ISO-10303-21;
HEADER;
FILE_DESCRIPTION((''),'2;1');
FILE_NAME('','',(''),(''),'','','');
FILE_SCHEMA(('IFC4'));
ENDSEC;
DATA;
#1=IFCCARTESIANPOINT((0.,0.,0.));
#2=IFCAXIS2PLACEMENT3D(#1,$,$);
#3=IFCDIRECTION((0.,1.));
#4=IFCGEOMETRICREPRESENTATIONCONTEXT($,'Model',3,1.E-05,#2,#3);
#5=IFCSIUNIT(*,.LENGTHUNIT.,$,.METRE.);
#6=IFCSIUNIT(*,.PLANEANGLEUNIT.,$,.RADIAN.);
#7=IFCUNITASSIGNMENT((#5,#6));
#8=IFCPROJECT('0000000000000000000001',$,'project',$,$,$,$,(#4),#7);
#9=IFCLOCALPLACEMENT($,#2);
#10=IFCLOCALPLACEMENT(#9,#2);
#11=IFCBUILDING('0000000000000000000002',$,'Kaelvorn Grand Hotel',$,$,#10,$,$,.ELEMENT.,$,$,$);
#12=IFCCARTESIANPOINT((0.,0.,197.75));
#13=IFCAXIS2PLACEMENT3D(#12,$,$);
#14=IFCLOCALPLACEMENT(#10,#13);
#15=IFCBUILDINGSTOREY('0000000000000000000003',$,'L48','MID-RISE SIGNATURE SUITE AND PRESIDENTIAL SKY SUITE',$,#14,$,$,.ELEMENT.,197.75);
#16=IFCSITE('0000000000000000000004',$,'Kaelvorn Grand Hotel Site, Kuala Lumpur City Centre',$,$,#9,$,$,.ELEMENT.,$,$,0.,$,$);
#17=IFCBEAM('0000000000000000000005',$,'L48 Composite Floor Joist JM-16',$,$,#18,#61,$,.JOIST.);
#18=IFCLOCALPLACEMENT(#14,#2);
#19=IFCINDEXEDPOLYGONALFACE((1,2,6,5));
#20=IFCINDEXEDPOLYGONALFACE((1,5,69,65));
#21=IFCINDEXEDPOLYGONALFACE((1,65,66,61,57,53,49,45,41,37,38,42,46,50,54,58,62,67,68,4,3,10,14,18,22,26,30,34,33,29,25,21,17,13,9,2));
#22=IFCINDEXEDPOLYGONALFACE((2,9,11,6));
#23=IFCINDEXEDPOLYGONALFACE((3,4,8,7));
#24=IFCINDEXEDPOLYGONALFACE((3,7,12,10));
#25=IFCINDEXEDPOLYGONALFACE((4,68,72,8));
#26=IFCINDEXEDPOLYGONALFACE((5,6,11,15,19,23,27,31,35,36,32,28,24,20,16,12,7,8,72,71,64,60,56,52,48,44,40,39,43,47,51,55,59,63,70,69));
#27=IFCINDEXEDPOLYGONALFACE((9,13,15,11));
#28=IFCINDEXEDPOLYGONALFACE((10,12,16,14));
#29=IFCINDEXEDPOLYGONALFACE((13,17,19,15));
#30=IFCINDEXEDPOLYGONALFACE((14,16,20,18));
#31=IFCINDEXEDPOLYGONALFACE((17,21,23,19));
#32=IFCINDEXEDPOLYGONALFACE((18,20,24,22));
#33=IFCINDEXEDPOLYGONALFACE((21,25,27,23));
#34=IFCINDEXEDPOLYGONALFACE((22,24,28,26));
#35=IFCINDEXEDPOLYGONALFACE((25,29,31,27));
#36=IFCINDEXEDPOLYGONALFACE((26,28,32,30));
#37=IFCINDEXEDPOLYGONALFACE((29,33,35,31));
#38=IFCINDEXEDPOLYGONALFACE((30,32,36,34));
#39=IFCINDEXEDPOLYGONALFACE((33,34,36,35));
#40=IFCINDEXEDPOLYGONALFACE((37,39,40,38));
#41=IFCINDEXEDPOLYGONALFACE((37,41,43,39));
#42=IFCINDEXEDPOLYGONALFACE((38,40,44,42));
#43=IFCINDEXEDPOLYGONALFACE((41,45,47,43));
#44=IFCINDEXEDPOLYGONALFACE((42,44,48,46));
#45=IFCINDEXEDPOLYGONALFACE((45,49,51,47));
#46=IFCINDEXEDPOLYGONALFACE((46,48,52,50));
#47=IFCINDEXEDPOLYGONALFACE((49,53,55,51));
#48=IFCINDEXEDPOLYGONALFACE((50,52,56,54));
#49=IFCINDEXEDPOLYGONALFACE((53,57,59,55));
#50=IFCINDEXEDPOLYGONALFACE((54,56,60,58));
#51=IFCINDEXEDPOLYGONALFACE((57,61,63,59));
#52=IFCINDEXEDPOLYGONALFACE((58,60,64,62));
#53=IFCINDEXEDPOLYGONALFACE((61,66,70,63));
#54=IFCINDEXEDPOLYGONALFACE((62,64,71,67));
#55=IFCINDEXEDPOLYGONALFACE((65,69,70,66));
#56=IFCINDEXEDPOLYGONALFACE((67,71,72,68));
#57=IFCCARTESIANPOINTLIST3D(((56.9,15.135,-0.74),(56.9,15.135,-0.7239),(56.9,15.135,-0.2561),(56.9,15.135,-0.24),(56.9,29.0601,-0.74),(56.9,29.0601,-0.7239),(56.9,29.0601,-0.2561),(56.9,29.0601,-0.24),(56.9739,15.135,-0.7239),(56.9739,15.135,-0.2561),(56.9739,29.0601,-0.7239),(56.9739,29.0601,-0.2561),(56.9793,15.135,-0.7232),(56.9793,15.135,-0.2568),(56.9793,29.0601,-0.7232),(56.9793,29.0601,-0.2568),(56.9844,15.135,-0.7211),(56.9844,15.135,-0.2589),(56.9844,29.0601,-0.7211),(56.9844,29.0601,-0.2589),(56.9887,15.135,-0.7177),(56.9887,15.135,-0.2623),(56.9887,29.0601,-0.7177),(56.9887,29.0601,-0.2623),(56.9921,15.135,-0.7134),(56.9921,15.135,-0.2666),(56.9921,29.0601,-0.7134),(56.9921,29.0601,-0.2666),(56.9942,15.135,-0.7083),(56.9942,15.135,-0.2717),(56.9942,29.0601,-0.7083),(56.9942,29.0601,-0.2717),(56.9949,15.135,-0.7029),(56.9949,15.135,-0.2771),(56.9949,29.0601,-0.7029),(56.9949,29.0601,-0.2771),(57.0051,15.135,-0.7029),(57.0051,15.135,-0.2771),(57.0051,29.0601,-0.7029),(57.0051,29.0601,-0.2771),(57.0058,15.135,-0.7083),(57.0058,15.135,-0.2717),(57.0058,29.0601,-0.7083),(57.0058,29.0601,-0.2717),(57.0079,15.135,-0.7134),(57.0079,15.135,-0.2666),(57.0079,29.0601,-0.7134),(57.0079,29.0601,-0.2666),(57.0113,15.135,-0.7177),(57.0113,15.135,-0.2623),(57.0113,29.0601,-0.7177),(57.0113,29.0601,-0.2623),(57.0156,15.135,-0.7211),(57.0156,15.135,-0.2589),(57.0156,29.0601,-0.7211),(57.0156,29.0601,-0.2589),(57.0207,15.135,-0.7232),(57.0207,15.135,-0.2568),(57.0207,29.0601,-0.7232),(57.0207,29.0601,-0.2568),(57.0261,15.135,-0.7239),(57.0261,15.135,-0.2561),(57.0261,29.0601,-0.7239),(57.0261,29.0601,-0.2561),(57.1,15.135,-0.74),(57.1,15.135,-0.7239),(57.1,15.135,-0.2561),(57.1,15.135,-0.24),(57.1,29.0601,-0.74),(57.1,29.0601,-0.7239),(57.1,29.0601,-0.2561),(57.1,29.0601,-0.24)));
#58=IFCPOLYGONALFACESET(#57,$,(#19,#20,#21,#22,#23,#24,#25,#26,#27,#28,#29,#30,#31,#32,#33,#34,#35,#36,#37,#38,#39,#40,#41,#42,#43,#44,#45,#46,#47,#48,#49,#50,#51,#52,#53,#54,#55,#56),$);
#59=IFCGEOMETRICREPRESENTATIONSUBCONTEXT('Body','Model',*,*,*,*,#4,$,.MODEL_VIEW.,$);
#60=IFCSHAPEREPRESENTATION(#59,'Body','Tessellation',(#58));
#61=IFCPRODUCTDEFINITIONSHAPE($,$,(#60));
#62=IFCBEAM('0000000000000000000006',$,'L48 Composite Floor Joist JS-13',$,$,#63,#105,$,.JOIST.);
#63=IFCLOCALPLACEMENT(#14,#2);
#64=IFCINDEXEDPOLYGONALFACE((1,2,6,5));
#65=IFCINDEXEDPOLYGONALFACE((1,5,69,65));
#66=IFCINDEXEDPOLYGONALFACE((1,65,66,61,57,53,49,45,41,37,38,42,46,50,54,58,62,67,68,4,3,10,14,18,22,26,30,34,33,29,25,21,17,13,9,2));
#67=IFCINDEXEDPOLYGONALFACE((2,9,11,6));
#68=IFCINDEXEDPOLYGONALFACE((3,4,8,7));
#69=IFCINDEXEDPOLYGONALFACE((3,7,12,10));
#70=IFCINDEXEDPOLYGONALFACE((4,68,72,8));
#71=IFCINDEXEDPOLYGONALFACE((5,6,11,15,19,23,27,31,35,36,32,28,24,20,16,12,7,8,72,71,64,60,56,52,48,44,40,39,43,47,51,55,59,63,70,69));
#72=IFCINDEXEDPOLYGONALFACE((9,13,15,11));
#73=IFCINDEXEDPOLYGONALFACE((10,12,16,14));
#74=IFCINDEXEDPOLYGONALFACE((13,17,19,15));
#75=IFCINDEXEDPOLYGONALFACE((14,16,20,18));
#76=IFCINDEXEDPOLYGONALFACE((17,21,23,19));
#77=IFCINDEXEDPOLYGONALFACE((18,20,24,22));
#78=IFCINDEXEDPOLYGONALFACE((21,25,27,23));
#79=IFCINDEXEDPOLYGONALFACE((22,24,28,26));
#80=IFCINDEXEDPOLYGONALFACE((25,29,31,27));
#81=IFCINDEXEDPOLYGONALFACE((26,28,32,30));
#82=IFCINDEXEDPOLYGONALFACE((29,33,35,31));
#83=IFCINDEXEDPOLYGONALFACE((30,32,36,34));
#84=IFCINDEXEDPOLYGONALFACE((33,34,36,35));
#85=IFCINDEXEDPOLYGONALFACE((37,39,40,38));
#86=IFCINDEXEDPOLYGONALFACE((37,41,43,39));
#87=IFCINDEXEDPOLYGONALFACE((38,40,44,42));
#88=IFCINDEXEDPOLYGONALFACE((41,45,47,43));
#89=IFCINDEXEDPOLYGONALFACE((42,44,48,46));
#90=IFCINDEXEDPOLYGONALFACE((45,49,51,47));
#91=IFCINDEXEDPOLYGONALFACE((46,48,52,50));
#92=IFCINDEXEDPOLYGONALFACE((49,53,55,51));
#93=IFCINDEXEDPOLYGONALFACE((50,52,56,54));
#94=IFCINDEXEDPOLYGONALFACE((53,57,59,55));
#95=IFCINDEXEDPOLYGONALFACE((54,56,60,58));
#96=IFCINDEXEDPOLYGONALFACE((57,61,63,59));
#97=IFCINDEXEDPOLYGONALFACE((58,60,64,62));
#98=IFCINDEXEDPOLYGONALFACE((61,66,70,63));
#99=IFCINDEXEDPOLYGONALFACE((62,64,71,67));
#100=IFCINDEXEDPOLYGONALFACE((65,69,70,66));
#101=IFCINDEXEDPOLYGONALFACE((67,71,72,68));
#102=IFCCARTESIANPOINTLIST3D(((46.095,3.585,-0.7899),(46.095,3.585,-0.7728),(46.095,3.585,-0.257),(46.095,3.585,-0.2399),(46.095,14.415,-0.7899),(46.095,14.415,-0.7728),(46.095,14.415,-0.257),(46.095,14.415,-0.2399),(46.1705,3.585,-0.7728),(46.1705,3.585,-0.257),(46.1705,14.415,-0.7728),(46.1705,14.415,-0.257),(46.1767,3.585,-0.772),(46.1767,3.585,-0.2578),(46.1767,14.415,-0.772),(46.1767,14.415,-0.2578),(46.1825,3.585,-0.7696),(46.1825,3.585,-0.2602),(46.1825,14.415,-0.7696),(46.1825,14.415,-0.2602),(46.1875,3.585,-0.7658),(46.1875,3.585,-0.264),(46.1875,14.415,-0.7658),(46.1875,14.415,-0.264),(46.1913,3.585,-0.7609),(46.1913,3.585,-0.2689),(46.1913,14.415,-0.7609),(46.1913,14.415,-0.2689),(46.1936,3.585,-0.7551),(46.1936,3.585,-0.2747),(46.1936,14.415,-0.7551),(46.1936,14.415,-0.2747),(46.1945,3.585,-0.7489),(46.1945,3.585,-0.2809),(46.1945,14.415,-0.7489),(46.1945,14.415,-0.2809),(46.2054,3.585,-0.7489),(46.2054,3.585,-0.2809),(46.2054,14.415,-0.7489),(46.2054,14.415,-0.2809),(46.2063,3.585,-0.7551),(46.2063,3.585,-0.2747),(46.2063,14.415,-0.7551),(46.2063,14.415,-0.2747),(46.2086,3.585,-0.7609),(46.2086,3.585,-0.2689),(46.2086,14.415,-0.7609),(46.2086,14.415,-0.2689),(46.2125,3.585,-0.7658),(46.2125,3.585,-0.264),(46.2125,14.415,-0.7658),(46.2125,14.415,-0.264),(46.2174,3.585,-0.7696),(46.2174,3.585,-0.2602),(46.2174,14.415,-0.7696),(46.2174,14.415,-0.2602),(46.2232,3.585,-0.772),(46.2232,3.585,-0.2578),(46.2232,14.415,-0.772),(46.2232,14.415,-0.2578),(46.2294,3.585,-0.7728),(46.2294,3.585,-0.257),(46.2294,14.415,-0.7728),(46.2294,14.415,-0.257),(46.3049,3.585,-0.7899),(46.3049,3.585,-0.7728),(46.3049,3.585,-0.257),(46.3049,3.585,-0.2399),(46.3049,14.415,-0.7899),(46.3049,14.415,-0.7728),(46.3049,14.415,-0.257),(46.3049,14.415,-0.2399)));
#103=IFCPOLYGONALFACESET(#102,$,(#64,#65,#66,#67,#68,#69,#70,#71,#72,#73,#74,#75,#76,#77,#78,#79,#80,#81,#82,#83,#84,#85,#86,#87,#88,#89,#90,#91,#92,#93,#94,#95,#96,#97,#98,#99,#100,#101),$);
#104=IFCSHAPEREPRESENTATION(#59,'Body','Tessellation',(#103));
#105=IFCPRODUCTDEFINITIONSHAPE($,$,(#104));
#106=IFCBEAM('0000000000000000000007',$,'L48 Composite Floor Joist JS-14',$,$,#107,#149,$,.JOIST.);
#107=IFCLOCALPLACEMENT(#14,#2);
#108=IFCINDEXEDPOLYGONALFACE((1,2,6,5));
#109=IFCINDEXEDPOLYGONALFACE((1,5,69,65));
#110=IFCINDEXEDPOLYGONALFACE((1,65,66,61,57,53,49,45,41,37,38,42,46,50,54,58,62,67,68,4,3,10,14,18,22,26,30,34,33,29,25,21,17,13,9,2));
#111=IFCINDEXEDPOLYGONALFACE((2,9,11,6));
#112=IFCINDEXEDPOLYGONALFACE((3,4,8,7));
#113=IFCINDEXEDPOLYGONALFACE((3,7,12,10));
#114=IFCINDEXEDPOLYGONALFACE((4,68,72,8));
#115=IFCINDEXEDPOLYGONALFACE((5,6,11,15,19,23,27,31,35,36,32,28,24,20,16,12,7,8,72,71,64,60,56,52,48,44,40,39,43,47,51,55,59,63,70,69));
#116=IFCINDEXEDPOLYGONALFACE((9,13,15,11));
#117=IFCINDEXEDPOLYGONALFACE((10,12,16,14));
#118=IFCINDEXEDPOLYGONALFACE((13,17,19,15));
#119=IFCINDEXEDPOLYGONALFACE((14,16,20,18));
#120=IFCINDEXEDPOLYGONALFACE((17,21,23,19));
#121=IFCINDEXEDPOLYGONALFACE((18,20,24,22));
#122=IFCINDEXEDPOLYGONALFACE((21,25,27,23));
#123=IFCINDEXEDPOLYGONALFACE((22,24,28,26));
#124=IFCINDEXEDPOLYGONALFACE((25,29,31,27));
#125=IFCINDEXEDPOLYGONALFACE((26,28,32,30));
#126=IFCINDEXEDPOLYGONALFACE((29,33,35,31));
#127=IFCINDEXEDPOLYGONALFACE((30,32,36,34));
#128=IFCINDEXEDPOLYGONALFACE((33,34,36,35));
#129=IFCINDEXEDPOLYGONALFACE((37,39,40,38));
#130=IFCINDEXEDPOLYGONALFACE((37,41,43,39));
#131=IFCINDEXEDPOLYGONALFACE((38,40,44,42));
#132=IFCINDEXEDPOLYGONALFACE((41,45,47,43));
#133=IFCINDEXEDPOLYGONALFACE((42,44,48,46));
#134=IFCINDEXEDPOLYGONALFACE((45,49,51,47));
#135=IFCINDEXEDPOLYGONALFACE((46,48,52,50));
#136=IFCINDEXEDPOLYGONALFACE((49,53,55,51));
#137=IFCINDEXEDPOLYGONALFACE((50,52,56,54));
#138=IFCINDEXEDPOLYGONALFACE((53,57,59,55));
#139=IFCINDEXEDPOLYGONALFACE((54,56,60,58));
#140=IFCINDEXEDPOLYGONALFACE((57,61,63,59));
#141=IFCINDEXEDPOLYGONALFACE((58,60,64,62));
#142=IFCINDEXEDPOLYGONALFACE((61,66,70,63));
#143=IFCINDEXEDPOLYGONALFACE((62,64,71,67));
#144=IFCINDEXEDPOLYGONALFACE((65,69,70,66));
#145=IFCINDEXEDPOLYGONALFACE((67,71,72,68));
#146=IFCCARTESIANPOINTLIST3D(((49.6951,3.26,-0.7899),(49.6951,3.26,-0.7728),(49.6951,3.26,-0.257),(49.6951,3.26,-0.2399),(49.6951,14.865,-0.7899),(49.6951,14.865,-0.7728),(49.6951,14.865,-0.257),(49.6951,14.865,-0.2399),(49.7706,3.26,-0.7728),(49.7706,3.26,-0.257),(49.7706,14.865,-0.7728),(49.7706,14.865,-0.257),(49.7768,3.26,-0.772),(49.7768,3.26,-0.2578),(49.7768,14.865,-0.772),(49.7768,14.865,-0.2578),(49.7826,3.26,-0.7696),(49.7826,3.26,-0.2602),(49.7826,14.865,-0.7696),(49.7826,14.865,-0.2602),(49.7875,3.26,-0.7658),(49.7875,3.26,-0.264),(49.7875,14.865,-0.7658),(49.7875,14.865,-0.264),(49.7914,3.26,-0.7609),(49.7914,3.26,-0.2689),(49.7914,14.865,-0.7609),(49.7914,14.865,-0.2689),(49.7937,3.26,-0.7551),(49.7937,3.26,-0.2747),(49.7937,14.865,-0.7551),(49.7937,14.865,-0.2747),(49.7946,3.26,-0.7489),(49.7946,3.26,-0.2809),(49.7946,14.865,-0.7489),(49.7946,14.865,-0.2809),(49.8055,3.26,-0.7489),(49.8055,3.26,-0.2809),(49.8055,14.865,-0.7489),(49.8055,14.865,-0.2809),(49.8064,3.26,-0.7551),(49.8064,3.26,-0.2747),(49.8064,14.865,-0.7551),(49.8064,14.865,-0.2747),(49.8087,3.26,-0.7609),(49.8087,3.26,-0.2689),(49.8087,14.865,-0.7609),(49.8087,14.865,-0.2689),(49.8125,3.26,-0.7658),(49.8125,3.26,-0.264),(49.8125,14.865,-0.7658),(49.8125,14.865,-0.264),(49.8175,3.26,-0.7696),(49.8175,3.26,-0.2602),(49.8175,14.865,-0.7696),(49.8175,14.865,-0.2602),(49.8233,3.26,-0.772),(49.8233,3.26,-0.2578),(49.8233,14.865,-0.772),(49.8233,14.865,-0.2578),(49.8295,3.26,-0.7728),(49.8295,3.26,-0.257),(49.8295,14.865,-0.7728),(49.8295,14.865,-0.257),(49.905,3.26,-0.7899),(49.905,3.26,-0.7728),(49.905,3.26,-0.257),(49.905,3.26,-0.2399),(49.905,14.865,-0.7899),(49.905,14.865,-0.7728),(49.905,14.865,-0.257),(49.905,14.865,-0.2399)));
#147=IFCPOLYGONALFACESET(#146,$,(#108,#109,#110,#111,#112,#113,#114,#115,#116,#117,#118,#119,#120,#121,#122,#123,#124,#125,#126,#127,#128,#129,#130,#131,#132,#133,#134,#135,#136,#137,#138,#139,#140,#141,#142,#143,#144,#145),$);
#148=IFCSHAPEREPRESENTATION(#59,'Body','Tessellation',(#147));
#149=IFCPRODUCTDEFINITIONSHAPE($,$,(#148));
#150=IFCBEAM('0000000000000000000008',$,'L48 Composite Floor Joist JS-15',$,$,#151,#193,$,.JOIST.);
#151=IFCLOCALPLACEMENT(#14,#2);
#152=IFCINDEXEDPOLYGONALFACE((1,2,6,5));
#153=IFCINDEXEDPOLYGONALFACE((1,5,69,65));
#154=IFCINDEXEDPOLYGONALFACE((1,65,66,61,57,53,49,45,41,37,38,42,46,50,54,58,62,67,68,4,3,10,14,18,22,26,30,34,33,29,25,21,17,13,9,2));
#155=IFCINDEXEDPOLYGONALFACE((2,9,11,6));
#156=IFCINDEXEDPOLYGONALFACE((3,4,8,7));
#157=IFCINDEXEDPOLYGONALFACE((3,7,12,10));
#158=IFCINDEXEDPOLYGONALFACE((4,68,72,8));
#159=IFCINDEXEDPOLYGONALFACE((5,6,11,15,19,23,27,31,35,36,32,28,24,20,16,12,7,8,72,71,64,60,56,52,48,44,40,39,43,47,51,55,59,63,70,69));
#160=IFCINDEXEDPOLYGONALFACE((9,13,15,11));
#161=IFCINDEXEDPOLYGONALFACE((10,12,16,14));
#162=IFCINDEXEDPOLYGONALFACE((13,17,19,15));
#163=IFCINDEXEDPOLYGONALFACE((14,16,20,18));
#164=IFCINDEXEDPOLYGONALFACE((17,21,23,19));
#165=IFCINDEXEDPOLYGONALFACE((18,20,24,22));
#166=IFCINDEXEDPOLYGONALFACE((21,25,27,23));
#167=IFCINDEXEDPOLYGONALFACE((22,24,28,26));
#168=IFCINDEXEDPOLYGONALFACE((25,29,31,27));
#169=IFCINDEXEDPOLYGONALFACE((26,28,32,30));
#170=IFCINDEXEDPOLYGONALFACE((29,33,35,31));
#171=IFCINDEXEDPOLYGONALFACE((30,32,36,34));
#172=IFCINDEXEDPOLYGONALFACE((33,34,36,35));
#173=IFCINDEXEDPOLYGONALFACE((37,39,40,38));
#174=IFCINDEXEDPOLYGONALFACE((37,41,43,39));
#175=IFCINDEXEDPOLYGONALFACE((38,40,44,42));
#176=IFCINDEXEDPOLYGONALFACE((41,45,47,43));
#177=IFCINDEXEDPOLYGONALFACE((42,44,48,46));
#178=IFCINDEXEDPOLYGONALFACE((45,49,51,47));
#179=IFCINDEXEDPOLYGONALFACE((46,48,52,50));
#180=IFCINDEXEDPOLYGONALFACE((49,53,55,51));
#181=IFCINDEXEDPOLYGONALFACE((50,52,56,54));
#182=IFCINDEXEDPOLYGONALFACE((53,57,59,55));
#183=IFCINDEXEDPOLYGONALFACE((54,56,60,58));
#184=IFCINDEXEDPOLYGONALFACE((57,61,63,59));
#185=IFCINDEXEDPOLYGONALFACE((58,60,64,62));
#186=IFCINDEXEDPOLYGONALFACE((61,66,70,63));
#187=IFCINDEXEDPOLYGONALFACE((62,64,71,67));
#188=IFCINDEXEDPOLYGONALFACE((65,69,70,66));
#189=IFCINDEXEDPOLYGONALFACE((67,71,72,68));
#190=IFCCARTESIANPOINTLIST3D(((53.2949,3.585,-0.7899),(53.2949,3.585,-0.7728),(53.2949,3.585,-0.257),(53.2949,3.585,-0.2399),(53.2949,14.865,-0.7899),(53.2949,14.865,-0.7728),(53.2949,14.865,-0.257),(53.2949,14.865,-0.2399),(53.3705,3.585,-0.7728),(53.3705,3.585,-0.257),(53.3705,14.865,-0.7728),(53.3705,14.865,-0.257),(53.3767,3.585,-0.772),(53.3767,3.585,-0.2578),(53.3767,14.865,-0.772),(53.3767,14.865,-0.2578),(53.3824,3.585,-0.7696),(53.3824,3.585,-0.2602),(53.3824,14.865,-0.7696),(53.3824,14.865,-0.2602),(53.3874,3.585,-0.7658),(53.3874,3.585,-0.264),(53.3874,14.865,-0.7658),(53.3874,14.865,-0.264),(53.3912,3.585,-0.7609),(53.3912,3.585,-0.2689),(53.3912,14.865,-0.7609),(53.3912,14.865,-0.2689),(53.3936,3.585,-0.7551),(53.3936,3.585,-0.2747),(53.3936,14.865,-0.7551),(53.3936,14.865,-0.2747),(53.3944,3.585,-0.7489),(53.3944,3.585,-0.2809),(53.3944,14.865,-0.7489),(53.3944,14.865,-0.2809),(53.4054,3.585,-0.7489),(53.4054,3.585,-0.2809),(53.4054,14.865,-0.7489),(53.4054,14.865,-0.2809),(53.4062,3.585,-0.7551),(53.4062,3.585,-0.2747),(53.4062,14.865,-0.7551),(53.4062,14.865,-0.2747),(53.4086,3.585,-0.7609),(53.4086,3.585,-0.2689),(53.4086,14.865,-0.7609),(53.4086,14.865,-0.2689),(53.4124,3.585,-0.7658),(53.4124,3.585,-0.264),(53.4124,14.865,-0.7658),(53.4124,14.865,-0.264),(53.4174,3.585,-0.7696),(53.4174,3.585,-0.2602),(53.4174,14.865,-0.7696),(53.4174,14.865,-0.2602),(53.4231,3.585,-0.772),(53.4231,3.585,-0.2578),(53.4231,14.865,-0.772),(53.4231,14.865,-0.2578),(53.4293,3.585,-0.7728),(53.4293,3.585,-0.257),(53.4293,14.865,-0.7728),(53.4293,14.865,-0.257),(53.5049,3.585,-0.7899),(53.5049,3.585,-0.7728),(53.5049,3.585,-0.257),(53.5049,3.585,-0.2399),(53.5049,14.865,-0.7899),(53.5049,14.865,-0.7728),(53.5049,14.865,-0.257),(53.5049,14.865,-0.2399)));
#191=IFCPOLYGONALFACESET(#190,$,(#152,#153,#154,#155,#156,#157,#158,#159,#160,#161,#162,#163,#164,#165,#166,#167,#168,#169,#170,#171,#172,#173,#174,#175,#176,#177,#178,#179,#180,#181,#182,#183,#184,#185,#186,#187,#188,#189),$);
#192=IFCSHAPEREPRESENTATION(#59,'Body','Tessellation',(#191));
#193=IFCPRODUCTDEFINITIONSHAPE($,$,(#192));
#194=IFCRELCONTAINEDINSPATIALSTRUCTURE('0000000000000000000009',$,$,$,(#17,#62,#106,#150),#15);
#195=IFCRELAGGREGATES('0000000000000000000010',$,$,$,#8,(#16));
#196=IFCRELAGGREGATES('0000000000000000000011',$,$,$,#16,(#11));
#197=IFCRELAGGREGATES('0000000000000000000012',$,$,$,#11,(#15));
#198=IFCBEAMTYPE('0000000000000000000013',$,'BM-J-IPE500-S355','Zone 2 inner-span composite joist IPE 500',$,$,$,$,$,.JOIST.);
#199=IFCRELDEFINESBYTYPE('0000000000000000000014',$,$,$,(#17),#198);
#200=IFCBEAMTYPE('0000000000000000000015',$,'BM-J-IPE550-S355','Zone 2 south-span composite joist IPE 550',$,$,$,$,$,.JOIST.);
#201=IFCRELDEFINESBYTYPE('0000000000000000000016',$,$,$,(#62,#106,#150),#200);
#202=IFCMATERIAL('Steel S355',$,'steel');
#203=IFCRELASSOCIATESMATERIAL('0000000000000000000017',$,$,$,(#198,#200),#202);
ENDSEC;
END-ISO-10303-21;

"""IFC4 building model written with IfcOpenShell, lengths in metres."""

from ifc_helpers import new_model, si_unit, direction, frame, origin, origin_2d, place, context, subcontext, project, spatial, i_section, extrude, material, material_profile, profile_set, type_object, element, save


model = new_model("IFC4")

# Units and contexts
model_context = context("Model", 3, precision=1e-05, world=origin(), true_north=direction((0.0, 1.0)))
body_context = subcontext(model_context, "Body", "Model", "MODEL_VIEW")
ifc_project = project(units=[si_unit("LENGTHUNIT", "METRE"), si_unit("PLANEANGLEUNIT", "RADIAN")], contexts=[model_context])

# Site, building, storey
site_placement = place(None, origin())
site = spatial("IfcSite", under=ifc_project, at=site_placement, Name="Kaelvorn Grand Hotel Site, Kuala Lumpur City Centre", CompositionType="ELEMENT", RefElevation=0.0)
building_placement = place(site_placement, origin())
building = spatial("IfcBuilding", under=site, at=building_placement, Name="Kaelvorn Grand Hotel", CompositionType="ELEMENT")
storey_placement = place(building_placement, frame((0.0, 0.0, 197.75)))
storey = spatial("IfcBuildingStorey", under=building, at=storey_placement, Name="L48", Description="MID-RISE SIGNATURE SUITE AND PRESIDENTIAL SKY SUITE", CompositionType="ELEMENT", Elevation=197.75)

# Beams
ifc_material_1 = material(Name="Steel S355", Category="steel")
ifc_material_profile_1 = material_profile(ifc_material_1, i_section(OverallWidth=0.2, OverallDepth=0.5, WebThickness=0.0103, FlangeThickness=0.0161, FilletRadius=0.021, at=origin_2d()), Name="IPE 500")
ifc_profile_set_1 = profile_set([ifc_material_profile_1], Name="Steel S355")
beam_type_1 = type_object("IfcBeamType", Name="BM-J-IPE500-S355", Description="Zone 2 inner-span composite joist IPE 500", PredefinedType="JOIST", material=ifc_profile_set_1)
beam_1_placement = place(storey_placement, frame((57.0, 15.135, -0.49), z_axis=(0.0, 1.0, 0.0), x_axis=(-1.0, 0.0, 0.0)))
element("IfcBeam", 1, at=beam_1_placement, inside=storey, type_object=beam_type_1, Name="L48 Composite Floor Joist JM-16", PredefinedType="JOIST", context=body_context, shape_type="SweptSolid", body=[
    extrude(i_section(OverallWidth=0.2, OverallDepth=0.5, WebThickness=0.0103, FlangeThickness=0.0161, FilletRadius=0.021, at=origin_2d()), origin(), (0.0, 0.0, 1.0), 13.925),
])
ifc_material_profile_2 = material_profile(ifc_material_1, i_section(OverallWidth=0.21, OverallDepth=0.55, WebThickness=0.011, FlangeThickness=0.0171, FilletRadius=0.0239, at=origin_2d()), Name="IPE 550")
ifc_profile_set_2 = profile_set([ifc_material_profile_2], Name="Steel S355")
beam_type_2 = type_object("IfcBeamType", Name="BM-J-IPE550-S355", Description="Zone 2 south-span composite joist IPE 550", PredefinedType="JOIST", material=ifc_profile_set_2)
beam_2_placement = place(storey_placement, frame((46.2, 3.585, -0.5149), z_axis=(0.0, 1.0, 0.0), x_axis=(-1.0, 0.0, 0.0)))
element("IfcBeam", 2, at=beam_2_placement, inside=storey, type_object=beam_type_2, Name="L48 Composite Floor Joist JS-13", PredefinedType="JOIST", context=body_context, shape_type="SweptSolid", body=[
    extrude(i_section(OverallWidth=0.21, OverallDepth=0.55, WebThickness=0.011, FlangeThickness=0.0171, FilletRadius=0.0239, at=origin_2d()), origin(), (0.0, 0.0, 1.0), 10.8301),
])
beam_3_placement = place(storey_placement, frame((49.8, 3.26, -0.5149), z_axis=(0.0, 1.0, 0.0), x_axis=(-1.0, 0.0, 0.0)))
element("IfcBeam", 3, at=beam_3_placement, inside=storey, type_object=beam_type_2, Name="L48 Composite Floor Joist JS-14", PredefinedType="JOIST", context=body_context, shape_type="SweptSolid", body=[
    extrude(i_section(OverallWidth=0.21, OverallDepth=0.55, WebThickness=0.011, FlangeThickness=0.0171, FilletRadius=0.0239, at=origin_2d()), origin(), (0.0, 0.0, 1.0), 11.605),
])
for number, where, z_axis, x_axis, name in (
    (4, (53.3999, 3.585, -0.5149), (0.0, 1.0, 0.0), (-1.0, 0.0, 0.0), "L48 Composite Floor Joist JS-15"),
):
    element("IfcBeam", number, at=place(storey_placement, frame(where, z_axis=z_axis, x_axis=x_axis)), inside=storey, type_object=beam_type_2, Name=name, PredefinedType="JOIST", context=body_context, shape_type="SweptSolid", body=[
        extrude(i_section(OverallWidth=0.21, OverallDepth=0.55, WebThickness=0.011, FlangeThickness=0.0171, FilletRadius=0.0239, at=origin_2d()), origin(), (0.0, 0.0, 1.0), 11.28),
    ])

save(model, "model.ifc")
